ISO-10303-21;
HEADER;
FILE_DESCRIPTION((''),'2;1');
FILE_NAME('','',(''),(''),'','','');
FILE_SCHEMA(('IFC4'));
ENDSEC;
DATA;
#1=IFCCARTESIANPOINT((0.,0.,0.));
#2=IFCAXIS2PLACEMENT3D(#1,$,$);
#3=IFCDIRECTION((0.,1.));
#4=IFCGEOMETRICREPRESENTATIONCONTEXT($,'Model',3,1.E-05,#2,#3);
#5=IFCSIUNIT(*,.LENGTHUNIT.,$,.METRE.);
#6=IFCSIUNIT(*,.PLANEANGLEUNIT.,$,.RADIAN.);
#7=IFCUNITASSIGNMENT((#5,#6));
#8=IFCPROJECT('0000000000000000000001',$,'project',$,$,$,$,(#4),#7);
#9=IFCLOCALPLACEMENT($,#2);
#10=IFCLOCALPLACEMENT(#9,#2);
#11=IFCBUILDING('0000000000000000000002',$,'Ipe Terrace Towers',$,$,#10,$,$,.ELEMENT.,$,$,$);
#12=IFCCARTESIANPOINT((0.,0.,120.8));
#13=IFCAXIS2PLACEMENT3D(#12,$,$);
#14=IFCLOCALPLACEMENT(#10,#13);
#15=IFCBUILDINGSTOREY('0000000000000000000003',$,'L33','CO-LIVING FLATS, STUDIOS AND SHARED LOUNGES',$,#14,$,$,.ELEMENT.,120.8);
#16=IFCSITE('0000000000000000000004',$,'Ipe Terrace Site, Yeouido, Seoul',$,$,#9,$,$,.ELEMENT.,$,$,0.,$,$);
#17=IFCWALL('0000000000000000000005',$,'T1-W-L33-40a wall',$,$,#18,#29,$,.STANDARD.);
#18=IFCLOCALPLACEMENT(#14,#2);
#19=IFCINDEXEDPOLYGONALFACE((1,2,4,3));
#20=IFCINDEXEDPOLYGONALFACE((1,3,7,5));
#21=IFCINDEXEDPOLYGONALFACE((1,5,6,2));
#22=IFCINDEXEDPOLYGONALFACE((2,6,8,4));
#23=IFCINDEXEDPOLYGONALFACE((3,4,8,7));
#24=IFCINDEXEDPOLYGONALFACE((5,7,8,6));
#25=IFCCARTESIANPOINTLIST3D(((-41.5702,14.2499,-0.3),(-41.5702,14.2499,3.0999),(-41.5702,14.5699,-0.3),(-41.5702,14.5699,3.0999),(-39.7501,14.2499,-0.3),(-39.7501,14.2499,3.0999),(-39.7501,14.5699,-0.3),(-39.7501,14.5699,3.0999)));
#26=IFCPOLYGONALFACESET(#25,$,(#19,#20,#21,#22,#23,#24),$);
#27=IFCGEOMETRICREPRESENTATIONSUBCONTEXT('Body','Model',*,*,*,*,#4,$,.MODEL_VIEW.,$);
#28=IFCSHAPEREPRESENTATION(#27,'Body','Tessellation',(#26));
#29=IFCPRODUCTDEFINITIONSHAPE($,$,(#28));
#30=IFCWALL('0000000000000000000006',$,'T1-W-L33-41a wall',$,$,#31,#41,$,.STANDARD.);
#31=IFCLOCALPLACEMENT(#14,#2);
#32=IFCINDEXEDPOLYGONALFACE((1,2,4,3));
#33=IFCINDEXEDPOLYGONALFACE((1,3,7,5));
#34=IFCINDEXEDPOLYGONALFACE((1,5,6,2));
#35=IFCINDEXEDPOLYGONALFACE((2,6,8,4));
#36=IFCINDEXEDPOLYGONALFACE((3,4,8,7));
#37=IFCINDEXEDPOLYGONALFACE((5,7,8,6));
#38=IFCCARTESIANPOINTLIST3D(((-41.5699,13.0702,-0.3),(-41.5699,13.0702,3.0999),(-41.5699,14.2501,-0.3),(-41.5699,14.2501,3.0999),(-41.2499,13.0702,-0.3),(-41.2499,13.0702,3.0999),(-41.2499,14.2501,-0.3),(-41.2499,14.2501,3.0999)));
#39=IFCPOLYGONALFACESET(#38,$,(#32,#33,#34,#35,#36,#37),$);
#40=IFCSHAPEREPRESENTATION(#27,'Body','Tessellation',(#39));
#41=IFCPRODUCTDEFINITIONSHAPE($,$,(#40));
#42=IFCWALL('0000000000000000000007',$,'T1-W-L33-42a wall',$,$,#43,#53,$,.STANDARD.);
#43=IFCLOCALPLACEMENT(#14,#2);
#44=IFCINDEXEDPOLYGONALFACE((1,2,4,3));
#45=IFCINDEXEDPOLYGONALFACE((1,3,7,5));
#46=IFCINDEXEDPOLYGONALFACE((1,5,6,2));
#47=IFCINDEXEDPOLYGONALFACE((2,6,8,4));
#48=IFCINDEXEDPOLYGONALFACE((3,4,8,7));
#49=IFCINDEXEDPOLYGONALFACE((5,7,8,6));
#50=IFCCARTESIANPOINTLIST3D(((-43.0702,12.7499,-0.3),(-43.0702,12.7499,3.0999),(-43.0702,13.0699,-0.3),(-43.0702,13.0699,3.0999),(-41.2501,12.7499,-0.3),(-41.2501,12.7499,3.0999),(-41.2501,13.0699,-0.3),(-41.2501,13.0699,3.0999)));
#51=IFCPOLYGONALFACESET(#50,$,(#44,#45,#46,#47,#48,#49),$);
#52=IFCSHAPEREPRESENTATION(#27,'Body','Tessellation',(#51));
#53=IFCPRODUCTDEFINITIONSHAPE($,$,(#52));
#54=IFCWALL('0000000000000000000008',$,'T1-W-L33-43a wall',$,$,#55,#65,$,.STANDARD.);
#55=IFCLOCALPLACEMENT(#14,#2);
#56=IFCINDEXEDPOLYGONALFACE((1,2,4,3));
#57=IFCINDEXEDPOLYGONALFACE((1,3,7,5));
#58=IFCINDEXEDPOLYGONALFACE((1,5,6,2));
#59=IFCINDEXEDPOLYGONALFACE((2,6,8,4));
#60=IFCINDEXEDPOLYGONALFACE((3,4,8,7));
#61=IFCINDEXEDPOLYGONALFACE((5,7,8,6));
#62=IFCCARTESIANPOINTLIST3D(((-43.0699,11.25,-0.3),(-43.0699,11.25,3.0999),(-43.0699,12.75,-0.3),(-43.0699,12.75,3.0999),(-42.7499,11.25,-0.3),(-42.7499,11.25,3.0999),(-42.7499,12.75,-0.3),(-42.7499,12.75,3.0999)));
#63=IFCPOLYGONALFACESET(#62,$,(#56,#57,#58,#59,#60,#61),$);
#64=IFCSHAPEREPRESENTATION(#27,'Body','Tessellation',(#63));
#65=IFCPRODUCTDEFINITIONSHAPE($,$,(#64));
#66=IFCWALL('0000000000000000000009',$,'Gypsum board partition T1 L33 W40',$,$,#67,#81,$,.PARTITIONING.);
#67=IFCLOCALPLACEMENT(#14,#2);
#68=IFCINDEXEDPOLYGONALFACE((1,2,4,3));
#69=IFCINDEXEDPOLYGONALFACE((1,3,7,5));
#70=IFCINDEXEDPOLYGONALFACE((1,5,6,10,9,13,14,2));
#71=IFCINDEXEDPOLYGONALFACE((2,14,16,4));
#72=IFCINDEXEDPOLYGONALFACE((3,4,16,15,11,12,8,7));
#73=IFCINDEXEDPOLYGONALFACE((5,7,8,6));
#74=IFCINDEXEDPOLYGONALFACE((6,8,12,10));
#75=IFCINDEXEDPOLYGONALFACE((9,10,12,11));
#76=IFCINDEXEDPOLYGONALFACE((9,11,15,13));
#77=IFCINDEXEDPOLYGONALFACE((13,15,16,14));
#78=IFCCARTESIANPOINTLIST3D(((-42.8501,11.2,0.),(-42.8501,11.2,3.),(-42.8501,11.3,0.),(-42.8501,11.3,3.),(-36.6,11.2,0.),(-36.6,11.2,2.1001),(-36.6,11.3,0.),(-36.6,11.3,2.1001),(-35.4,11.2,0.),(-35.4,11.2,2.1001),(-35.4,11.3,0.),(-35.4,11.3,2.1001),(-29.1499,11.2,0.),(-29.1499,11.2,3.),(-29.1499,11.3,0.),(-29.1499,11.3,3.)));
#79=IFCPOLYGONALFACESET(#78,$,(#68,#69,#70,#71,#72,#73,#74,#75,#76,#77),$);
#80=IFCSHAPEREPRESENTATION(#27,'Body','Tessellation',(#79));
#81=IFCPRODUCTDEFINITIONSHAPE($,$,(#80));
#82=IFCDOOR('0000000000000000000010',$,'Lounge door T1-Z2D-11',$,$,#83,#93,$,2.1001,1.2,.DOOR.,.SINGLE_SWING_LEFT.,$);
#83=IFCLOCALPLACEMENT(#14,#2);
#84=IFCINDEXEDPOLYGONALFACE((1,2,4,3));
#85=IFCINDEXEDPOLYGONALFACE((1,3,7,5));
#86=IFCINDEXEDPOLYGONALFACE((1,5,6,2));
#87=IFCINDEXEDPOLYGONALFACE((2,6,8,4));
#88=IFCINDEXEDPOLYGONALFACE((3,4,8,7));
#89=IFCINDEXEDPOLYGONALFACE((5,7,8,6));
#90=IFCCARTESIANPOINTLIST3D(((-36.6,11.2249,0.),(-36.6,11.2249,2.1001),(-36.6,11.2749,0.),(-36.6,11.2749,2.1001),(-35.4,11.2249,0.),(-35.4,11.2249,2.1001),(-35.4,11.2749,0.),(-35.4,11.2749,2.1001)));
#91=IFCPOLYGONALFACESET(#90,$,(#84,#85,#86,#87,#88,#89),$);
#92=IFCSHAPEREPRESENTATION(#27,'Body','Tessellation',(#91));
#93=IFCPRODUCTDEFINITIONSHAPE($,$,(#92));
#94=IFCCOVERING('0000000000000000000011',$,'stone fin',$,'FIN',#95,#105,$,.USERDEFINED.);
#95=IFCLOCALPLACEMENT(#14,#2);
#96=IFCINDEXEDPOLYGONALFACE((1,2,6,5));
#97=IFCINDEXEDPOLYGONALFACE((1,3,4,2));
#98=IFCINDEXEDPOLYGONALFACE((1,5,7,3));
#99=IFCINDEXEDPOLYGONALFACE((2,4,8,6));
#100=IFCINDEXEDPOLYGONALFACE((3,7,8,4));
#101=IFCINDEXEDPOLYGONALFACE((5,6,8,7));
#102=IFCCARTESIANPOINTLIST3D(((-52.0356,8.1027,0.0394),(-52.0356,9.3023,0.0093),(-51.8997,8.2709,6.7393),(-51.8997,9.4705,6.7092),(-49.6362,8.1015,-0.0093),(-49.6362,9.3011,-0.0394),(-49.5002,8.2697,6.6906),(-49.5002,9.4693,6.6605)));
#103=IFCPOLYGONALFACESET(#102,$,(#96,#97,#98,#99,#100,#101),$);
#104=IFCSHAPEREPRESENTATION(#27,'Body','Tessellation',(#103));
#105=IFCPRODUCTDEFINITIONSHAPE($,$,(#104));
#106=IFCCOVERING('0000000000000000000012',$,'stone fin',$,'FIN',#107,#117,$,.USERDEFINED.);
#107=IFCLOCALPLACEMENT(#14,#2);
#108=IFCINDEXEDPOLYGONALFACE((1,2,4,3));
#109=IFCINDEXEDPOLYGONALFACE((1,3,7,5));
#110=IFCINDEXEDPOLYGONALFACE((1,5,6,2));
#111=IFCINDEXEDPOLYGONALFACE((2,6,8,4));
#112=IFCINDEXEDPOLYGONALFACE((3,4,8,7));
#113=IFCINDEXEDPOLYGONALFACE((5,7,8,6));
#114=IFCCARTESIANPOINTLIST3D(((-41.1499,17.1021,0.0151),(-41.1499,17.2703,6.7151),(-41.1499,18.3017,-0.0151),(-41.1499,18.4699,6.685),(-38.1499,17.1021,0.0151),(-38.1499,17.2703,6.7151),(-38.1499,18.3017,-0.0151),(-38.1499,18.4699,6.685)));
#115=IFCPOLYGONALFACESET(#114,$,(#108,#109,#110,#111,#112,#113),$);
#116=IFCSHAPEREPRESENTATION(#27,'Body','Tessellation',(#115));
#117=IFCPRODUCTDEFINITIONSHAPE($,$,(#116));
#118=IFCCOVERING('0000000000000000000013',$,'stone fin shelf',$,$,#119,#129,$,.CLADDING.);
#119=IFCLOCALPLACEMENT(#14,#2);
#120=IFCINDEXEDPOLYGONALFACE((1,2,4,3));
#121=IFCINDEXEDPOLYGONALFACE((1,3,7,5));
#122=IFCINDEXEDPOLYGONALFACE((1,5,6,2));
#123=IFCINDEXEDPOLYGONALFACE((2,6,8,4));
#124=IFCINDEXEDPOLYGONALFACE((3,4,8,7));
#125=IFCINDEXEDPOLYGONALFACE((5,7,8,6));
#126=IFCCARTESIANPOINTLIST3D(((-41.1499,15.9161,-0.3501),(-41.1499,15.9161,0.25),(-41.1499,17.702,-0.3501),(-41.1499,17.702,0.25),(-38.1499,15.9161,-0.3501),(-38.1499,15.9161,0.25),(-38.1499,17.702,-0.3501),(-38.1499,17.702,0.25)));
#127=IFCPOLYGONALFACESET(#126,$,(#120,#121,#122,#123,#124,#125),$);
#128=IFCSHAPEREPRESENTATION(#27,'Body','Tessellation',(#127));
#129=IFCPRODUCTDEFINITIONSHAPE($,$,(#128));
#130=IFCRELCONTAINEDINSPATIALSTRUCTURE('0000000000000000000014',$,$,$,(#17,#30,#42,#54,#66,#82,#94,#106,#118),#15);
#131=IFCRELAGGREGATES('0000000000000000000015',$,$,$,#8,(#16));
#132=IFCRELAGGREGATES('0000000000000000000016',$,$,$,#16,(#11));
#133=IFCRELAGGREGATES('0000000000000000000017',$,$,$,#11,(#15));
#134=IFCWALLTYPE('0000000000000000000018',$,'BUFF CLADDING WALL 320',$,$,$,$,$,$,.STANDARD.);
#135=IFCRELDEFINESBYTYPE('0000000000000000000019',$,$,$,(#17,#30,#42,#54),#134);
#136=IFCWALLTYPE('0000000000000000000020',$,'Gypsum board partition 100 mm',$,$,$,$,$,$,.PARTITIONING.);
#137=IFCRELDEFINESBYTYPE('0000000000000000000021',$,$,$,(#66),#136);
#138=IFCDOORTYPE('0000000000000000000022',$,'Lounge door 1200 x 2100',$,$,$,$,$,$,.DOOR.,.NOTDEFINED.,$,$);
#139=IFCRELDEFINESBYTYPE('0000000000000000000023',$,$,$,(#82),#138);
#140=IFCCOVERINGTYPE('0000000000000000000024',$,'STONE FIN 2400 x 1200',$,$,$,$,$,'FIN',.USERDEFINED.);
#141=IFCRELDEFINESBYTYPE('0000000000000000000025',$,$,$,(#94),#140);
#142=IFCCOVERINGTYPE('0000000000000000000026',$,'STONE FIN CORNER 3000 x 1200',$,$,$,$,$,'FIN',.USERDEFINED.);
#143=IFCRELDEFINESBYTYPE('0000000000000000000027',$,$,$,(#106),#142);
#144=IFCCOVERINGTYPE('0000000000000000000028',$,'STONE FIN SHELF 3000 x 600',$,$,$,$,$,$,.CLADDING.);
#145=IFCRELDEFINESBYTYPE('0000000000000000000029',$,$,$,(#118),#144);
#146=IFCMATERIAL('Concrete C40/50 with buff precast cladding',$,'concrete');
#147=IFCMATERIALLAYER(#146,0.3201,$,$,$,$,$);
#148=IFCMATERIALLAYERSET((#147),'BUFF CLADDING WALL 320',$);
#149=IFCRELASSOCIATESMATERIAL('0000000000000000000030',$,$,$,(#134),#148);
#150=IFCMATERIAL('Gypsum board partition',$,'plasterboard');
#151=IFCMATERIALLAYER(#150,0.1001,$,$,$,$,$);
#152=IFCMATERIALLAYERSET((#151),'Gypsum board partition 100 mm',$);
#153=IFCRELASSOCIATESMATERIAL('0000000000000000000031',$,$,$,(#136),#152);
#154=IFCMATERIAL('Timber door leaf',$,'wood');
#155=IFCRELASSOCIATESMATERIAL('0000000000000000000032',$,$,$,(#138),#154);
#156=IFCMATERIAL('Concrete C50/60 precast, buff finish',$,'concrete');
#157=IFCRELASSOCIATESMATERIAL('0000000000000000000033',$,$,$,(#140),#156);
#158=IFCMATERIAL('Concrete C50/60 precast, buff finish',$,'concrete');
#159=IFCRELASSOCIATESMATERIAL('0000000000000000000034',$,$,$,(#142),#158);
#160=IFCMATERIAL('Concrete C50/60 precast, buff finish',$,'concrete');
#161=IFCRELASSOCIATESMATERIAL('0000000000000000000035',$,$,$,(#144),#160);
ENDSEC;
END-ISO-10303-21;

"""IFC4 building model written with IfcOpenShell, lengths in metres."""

from ifc_helpers import new_model, si_unit, direction, frame, frame_2d, origin, origin_2d, place, context, subcontext, project, spatial, rectangle, extrude, material, layer, layer_set, material_profile, profile_set, type_object, element, fill, save


model = new_model("IFC4")

# Units and contexts
model_context = context("Model", 3, precision=1e-05, world=origin(), true_north=direction((0.0, 1.0)))
body_context = subcontext(model_context, "Body", "Model", "MODEL_VIEW")
ifc_project = project(units=[si_unit("LENGTHUNIT", "METRE"), si_unit("PLANEANGLEUNIT", "RADIAN")], contexts=[model_context])

# Site, building, storey
site_placement = place(None, origin())
site = spatial("IfcSite", under=ifc_project, at=site_placement, Name="Ipe Terrace Site, Yeouido, Seoul", CompositionType="ELEMENT", RefElevation=0.0)
building_placement = place(site_placement, origin())
building = spatial("IfcBuilding", under=site, at=building_placement, Name="Ipe Terrace Towers", CompositionType="ELEMENT")
storey_placement = place(building_placement, frame((0.0, 0.0, 120.8)))
storey = spatial("IfcBuildingStorey", under=building, at=storey_placement, Name="L33", Description="CO-LIVING FLATS, STUDIOS AND SHARED LOUNGES", CompositionType="ELEMENT", Elevation=120.8)

# Walls
ifc_material_1 = material(Name="Concrete C40/50 with buff precast cladding", Category="concrete")
ifc_layer_1 = layer(ifc_material_1, 0.3201)
ifc_layer_set_1 = layer_set([ifc_layer_1], Name="BUFF CLADDING WALL 320")
wall_type_1 = type_object("IfcWallType", Name="BUFF CLADDING WALL 320", PredefinedType="STANDARD", material=ifc_layer_set_1)
wall_1_placement = place(storey_placement, frame((-39.75, 14.4099, -0.3), z_axis=(0.0, 0.0, 1.0), x_axis=(-1.0, 0.0, 0.0)))
element("IfcWall", 1, at=wall_1_placement, inside=storey, type_object=wall_type_1, Name="T1-W-L33-40a wall", PredefinedType="STANDARD", context=body_context, shape_type="SweptSolid", body=[
    extrude(rectangle(XDim=1.8201, YDim=0.3201, at=frame_2d((0.9102, 0.0))), origin(), (0.0, 0.0, 1.0), 3.3999),
])
wall_2_placement = place(storey_placement, frame((-41.4099, 14.25, -0.3), z_axis=(0.0, 0.0, 1.0), x_axis=(0.0, -1.0, 0.0)))
element("IfcWall", 2, at=wall_2_placement, inside=storey, type_object=wall_type_1, Name="T1-W-L33-41a wall", PredefinedType="STANDARD", context=body_context, shape_type="SweptSolid", body=[
    extrude(rectangle(XDim=1.1799, YDim=0.3201, at=frame_2d((0.5898, 0.0))), origin(), (0.0, 0.0, 1.0), 3.3999),
])
wall_3_placement = place(storey_placement, frame((-41.25, 12.9099, -0.3), z_axis=(0.0, 0.0, 1.0), x_axis=(-1.0, 0.0, 0.0)))
element("IfcWall", 3, at=wall_3_placement, inside=storey, type_object=wall_type_1, Name="T1-W-L33-42a wall", PredefinedType="STANDARD", context=body_context, shape_type="SweptSolid", body=[
    extrude(rectangle(XDim=1.8201, YDim=0.3201, at=frame_2d((0.9102, 0.0))), origin(), (0.0, 0.0, 1.0), 3.3999),
])
wall_4_placement = place(storey_placement, frame((-42.9099, 12.75, -0.3), z_axis=(0.0, 0.0, 1.0), x_axis=(0.0, -1.0, 0.0)))
element("IfcWall", 4, at=wall_4_placement, inside=storey, type_object=wall_type_1, Name="T1-W-L33-43a wall", PredefinedType="STANDARD", context=body_context, shape_type="SweptSolid", body=[
    extrude(rectangle(XDim=1.5, YDim=0.3201, at=frame_2d((0.75, 0.0))), origin(), (0.0, 0.0, 1.0), 3.3999),
])

# Wall, opening, door
ifc_material_2 = material(Name="Gypsum board partition", Category="plasterboard")
ifc_layer_2 = layer(ifc_material_2, 0.1001)
ifc_layer_set_2 = layer_set([ifc_layer_2], Name="Gypsum board partition 100 mm")
wall_type_2 = type_object("IfcWallType", Name="Gypsum board partition 100 mm", PredefinedType="PARTITIONING", material=ifc_layer_set_2)
wall_5_placement = place(storey_placement, frame((-42.8501, 11.25, 0.0), z_axis=(0.0, 0.0, 1.0), x_axis=(1.0, 0.0, 0.0)))
wall_5 = element("IfcWall", 5, at=wall_5_placement, inside=storey, type_object=wall_type_2, Name="Gypsum board partition T1 L33 W40", PredefinedType="PARTITIONING", context=body_context, shape_type="SweptSolid", body=[
    extrude(rectangle(XDim=13.7002, YDim=0.1001, at=frame_2d((6.8501, 0.0))), origin(), (0.0, 0.0, 1.0), 3.0),
])
opening_placement = place(wall_5_placement, frame((6.25, 0.0, 0.0)))
opening = element("IfcOpeningElement", 6, at=opening_placement, cuts=wall_5, PredefinedType="OPENING", context=body_context, shape_type="SweptSolid", body=[
    extrude(rectangle(XDim=1.2, YDim=2.1001, at=frame_2d((0.6001, 1.05))), frame((0.0, 0.0601, 0.0), z_axis=(0.0, -1.0, 0.0), x_axis=(1.0, 0.0, 0.0)), (0.0, 0.0, 1.0), 0.1201),
])
ifc_material_3 = material(Name="Timber door leaf", Category="wood")
door_type = type_object("IfcDoorType", Name="Lounge door 1200 x 2100", OperationType="NOTDEFINED", PredefinedType="DOOR", material=ifc_material_3)
door_placement = place(opening_placement, origin())
door = element("IfcDoor", 7, at=door_placement, inside=storey, type_object=door_type, Name="Lounge door T1-Z2D-11", OperationType="SINGLE_SWING_LEFT", OverallHeight=2.1001, OverallWidth=1.2, PredefinedType="DOOR", context=body_context, shape_type="SweptSolid", body=[
    extrude(rectangle(XDim=1.2, YDim=2.1001, at=frame_2d((0.6001, 1.05))), frame((0.0, 0.0249, 0.0), z_axis=(0.0, -1.0, 0.0), x_axis=(1.0, 0.0, 0.0)), (0.0, 0.0, 1.0), 0.05),
])
fill(opening, door)

# Coverings
ifc_material_4 = material(Name="Concrete C50/60 precast, buff finish", Category="concrete")
ifc_material_profile_1 = material_profile(ifc_material_4, rectangle(XDim=2.3999, YDim=1.2, at=origin_2d()), Name="STONE FIN 2400 x 1200")
ifc_profile_set_1 = profile_set([ifc_material_profile_1], Name="Concrete C50/60 precast, buff finish")
covering_type_1 = type_object("IfcCoveringType", Name="STONE FIN 2400 x 1200", ElementType="FIN", PredefinedType="USERDEFINED", material=ifc_profile_set_1)
covering_1_placement = place(storey_placement, frame((-50.8359, 8.7019, 0.0), z_axis=(0.020286, 0.025094, 0.999479), x_axis=(-0.999794, 0.000509, 0.02028)))
element("IfcCovering", 8, at=covering_1_placement, inside=storey, type_object=covering_type_1, Name="stone fin", ObjectType="FIN", PredefinedType="USERDEFINED", context=body_context, shape_type="SweptSolid", body=[
    extrude(rectangle(XDim=2.3999, YDim=1.2, at=origin_2d()), origin(), (0.0, 0.0, 1.0), 6.7034),
])
ifc_material_5 = material(Name="Concrete C50/60 precast, buff finish", Category="concrete")
ifc_material_profile_2 = material_profile(ifc_material_5, rectangle(XDim=3.0, YDim=1.2, at=origin_2d()), Name="STONE FIN CORNER 3000 x 1200")
ifc_profile_set_2 = profile_set([ifc_material_profile_2], Name="Concrete C50/60 precast, buff finish")
covering_type_2 = type_object("IfcCoveringType", Name="STONE FIN CORNER 3000 x 1200", ElementType="FIN", PredefinedType="USERDEFINED", material=ifc_profile_set_2)
covering_2_placement = place(storey_placement, frame((-39.6499, 17.7019, 0.0), z_axis=(0.0, 0.025099, 0.999685), x_axis=(-1.0, 0.0, 0.0)))
element("IfcCovering", 9, at=covering_2_placement, inside=storey, type_object=covering_type_2, Name="stone fin", ObjectType="FIN", PredefinedType="USERDEFINED", context=body_context, shape_type="SweptSolid", body=[
    extrude(rectangle(XDim=3.0, YDim=1.2, at=origin_2d()), origin(), (0.0, 0.0, 1.0), 6.7021),
])
ifc_material_6 = material(Name="Concrete C50/60 precast, buff finish", Category="concrete")
covering_type_3 = type_object("IfcCoveringType", Name="STONE FIN SHELF 3000 x 600", PredefinedType="CLADDING", material=ifc_material_6)
covering_3_placement = place(storey_placement, frame((-39.6499, 16.8091, -0.3501), z_axis=(0.0, 0.0, 1.0), x_axis=(-1.0, 0.0, 0.0)))
element("IfcCovering", 10, at=covering_3_placement, inside=storey, type_object=covering_type_3, Name="stone fin shelf", PredefinedType="CLADDING", context=body_context, shape_type="SweptSolid", body=[
    extrude(rectangle(XDim=3.0, YDim=1.7859, at=origin_2d()), origin(), (0.0, 0.0, 1.0), 0.6001),
])

save(model, "model.ifc")
